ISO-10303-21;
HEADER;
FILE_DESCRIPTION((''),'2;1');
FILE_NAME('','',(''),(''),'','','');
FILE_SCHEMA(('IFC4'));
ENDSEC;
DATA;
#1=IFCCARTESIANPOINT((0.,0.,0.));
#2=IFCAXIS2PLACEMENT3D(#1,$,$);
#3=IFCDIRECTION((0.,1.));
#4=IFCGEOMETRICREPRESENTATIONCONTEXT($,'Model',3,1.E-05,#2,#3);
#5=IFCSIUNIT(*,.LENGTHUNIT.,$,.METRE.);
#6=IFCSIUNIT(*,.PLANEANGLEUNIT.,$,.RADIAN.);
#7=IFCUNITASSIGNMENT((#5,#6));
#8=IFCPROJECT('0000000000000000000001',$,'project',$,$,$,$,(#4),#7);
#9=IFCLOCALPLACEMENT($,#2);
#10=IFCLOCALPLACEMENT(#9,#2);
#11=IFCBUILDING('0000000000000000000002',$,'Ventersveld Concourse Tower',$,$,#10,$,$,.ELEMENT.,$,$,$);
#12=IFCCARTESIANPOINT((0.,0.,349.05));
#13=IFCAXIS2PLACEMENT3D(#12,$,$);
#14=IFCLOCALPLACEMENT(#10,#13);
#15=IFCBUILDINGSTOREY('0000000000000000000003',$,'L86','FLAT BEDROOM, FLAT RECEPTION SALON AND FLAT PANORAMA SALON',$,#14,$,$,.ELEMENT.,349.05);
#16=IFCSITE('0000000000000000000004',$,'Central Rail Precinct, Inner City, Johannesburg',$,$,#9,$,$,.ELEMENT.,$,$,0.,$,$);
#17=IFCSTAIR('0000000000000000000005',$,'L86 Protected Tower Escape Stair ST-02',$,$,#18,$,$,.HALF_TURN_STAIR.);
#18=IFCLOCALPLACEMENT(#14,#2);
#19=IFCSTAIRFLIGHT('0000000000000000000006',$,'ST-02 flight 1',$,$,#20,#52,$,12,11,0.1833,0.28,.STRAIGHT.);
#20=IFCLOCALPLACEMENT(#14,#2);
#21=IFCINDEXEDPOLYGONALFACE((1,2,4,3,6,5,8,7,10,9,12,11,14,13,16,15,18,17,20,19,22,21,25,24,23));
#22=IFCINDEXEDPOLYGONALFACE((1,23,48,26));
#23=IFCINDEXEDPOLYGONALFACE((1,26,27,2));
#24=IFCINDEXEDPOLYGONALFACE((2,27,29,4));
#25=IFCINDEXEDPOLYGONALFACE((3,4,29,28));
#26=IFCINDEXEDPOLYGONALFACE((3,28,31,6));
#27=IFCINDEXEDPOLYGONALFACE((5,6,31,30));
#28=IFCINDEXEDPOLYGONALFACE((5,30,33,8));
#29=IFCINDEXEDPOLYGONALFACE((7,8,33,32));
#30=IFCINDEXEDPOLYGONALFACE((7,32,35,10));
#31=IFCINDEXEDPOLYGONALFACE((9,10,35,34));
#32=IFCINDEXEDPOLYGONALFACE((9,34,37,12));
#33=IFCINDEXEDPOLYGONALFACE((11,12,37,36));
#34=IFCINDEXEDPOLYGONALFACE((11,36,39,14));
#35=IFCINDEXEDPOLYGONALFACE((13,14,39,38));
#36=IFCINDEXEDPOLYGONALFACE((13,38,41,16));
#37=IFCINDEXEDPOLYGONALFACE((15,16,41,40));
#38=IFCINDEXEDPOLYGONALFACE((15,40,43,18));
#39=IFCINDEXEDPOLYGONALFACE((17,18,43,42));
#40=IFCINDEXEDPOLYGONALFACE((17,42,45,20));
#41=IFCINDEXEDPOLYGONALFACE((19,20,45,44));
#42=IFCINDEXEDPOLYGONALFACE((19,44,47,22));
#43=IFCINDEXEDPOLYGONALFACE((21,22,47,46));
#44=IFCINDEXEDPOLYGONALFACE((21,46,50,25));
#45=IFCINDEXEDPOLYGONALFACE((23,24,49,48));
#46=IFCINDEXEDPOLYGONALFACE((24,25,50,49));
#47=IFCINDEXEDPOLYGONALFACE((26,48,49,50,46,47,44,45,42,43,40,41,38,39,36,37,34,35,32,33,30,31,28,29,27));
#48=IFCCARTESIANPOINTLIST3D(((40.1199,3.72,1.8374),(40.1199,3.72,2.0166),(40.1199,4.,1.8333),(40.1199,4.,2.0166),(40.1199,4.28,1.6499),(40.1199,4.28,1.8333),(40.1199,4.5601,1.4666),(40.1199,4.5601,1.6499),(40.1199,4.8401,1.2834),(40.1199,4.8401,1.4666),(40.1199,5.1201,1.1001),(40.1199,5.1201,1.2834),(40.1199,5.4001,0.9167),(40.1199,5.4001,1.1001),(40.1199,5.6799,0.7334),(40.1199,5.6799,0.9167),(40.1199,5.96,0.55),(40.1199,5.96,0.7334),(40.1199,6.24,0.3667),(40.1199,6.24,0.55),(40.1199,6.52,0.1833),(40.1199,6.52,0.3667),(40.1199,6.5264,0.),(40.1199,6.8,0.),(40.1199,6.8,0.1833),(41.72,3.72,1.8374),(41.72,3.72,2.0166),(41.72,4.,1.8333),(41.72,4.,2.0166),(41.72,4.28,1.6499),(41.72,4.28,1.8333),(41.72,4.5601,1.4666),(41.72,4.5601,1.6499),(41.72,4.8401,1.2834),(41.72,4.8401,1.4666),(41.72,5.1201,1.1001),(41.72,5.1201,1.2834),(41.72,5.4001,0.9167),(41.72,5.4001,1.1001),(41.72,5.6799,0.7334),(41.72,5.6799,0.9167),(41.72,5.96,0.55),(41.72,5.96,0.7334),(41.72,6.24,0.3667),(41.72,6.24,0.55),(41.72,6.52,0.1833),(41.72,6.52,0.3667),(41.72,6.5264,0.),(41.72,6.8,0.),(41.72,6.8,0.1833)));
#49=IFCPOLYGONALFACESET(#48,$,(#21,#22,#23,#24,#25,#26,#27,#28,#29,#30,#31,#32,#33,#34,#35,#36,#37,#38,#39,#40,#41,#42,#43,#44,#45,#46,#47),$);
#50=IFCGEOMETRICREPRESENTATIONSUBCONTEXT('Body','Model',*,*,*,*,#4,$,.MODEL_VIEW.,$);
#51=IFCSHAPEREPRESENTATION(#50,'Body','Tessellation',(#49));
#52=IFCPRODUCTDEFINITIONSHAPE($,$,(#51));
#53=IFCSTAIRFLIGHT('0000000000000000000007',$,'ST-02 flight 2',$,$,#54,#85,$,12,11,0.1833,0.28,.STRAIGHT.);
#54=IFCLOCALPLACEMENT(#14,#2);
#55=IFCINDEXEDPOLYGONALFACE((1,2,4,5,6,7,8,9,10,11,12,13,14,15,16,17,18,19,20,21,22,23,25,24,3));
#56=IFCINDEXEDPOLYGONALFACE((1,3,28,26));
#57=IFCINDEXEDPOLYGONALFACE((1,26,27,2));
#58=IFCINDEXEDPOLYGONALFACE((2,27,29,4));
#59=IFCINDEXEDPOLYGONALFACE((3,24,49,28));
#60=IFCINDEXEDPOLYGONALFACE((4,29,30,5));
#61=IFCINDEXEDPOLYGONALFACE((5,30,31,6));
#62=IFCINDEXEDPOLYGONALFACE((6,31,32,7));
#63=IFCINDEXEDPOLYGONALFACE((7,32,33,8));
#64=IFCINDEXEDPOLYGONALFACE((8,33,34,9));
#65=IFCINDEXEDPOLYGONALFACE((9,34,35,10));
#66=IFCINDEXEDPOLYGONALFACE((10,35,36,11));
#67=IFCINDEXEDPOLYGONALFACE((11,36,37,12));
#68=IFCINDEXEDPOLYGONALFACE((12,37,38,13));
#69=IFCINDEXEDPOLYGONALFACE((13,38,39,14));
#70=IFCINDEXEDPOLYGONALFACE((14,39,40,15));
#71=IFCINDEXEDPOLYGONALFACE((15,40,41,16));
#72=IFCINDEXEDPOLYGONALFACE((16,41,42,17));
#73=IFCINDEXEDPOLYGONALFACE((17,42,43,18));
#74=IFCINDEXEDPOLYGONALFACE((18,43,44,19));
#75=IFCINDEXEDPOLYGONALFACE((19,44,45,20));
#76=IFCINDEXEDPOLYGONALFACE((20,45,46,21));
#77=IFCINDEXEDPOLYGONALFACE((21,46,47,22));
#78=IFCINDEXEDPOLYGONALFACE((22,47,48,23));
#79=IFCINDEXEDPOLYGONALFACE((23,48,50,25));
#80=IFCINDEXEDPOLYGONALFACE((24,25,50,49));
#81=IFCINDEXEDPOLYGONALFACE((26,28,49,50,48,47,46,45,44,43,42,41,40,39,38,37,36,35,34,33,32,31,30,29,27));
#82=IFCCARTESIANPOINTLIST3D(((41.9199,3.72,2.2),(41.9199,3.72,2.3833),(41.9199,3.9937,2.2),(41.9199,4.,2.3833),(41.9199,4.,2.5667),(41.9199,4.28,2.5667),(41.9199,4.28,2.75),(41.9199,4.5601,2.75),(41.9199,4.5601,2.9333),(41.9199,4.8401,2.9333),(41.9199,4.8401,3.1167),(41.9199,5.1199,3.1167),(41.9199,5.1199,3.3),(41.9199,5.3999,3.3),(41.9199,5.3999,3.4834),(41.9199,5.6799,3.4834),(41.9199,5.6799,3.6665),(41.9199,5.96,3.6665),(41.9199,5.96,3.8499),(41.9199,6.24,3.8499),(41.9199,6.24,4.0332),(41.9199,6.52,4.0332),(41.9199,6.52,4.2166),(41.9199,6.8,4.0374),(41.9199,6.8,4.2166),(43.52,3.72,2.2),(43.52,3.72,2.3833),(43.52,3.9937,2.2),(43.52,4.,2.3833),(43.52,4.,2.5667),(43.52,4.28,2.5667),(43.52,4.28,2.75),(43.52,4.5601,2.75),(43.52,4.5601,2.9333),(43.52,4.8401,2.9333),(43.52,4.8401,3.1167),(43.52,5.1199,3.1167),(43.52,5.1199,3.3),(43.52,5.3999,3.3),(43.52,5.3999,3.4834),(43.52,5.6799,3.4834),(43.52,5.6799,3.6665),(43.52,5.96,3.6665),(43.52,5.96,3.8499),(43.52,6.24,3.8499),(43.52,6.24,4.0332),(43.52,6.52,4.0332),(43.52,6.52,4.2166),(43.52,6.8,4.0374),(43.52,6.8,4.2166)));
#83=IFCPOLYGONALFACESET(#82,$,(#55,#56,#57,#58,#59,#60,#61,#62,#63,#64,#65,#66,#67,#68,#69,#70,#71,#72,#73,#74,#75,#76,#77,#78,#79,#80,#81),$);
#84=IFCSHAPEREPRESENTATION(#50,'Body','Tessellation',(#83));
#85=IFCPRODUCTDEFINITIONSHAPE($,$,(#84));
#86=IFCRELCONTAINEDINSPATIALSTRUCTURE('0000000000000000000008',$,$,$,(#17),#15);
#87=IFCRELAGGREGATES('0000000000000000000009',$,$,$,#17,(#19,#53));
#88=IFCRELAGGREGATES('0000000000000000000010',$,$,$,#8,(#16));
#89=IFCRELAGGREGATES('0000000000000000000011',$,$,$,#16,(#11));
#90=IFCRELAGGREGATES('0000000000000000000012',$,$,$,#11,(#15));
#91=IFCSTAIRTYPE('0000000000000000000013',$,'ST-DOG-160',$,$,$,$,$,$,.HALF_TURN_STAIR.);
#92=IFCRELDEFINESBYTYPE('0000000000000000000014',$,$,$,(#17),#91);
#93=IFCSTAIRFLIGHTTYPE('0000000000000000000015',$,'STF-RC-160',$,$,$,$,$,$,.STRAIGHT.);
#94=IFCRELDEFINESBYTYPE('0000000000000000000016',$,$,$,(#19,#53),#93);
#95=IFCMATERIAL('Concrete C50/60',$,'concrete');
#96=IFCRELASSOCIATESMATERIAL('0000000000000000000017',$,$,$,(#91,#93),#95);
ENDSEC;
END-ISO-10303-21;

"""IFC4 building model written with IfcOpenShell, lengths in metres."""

from ifc_helpers import new_model, si_unit, direction, frame, origin, place, context, subcontext, project, spatial, polyline, outline, extrude, material, type_object, element, aggregate, save


model = new_model("IFC4")

# Units and contexts
model_context = context("Model", 3, precision=1e-05, world=origin(), true_north=direction((0.0, 1.0)))
body_context = subcontext(model_context, "Body", "Model", "MODEL_VIEW")
ifc_project = project(units=[si_unit("LENGTHUNIT", "METRE"), si_unit("PLANEANGLEUNIT", "RADIAN")], contexts=[model_context])

# Site, building, storey
site_placement = place(None, origin())
site = spatial("IfcSite", under=ifc_project, at=site_placement, Name="Central Rail Precinct, Inner City, Johannesburg", CompositionType="ELEMENT", RefElevation=0.0)
building_placement = place(site_placement, origin())
building = spatial("IfcBuilding", under=site, at=building_placement, Name="Ventersveld Concourse Tower", CompositionType="ELEMENT")
storey_placement = place(building_placement, frame((0.0, 0.0, 349.05)))
storey = spatial("IfcBuildingStorey", under=building, at=storey_placement, Name="L86", Description="FLAT BEDROOM, FLAT RECEPTION SALON AND FLAT PANORAMA SALON", CompositionType="ELEMENT", Elevation=349.05)

# Shared definitions
ifc_material_1 = material(Name="Concrete C50/60", Category="concrete")

# Stair, stair flights
stair_type = type_object("IfcStairType", Name="ST-DOG-160", PredefinedType="HALF_TURN_STAIR", material=ifc_material_1)
stair_placement = place(storey_placement, origin())
stair = element("IfcStair", 1, at=stair_placement, inside=storey, type_object=stair_type, Name="L86 Protected Tower Escape Stair ST-02", PredefinedType="HALF_TURN_STAIR")
stair_flight_type = type_object("IfcStairFlightType", Name="STF-RC-160", PredefinedType="STRAIGHT", material=ifc_material_1)
stair_flight_1_placement = place(storey_placement, frame((40.9199, 6.8, 0.0), z_axis=(0.0, 0.0, 1.0), x_axis=(0.0, -1.0, 0.0)))
stair_flight_1 = element("IfcStairFlight", 2, at=stair_flight_1_placement, type_object=stair_flight_type, Name="ST-02 flight 1", NumberOfRisers=12, NumberOfTreads=11, PredefinedType="STRAIGHT", RiserHeight=0.1833, TreadLength=0.28, context=body_context, shape_type="SweptSolid", body=[
    extrude(outline(polyline([(0.0, 0.0), (0.0, 0.1833), (0.28, 0.1833), (0.28, 0.3667), (0.5601, 0.3667), (0.5601, 0.55), (0.8401, 0.55), (0.8401, 0.7334), (1.1201, 0.7334), (1.1201, 0.9167), (1.3999, 0.9167), (1.3999, 1.1001), (1.6799, 1.1001), (1.6799, 1.2834), (1.96, 1.2834), (1.96, 1.4666), (2.24, 1.4666), (2.24, 1.6499), (2.52, 1.6499), (2.52, 1.8333), (2.8, 1.8333), (2.8, 2.0166), (3.0801, 2.0166), (3.0801, 2.2), (3.0801, 1.8374), (0.2737, 0.0), (0.0, 0.0)])), frame((0.0, 0.8, 0.0), z_axis=(0.0, -1.0, 0.0), x_axis=(1.0, 0.0, 0.0)), (0.0, 0.0, 1.0), 1.6001),
])
stair_flight_2_placement = place(storey_placement, frame((42.72, 3.72, 2.2), z_axis=(0.0, 0.0, 1.0), x_axis=(0.0, 1.0, 0.0)))
stair_flight_2 = element("IfcStairFlight", 3, at=stair_flight_2_placement, type_object=stair_flight_type, Name="ST-02 flight 2", NumberOfRisers=12, NumberOfTreads=11, PredefinedType="STRAIGHT", RiserHeight=0.1833, TreadLength=0.28, context=body_context, shape_type="SweptSolid", body=[
    extrude(outline(polyline([(0.0, 0.0), (0.0, 0.1833), (0.28, 0.1833), (0.28, 0.3667), (0.5601, 0.3667), (0.5601, 0.55), (0.8401, 0.55), (0.8401, 0.7334), (1.1201, 0.7334), (1.1201, 0.9167), (1.3999, 0.9167), (1.3999, 1.1001), (1.6799, 1.1001), (1.6799, 1.2834), (1.96, 1.2834), (1.96, 1.4666), (2.24, 1.4666), (2.24, 1.6499), (2.52, 1.6499), (2.52, 1.8333), (2.8, 1.8333), (2.8, 2.0166), (3.0801, 2.0166), (3.0801, 2.2), (3.0801, 1.8374), (0.2737, 0.0), (0.0, 0.0)])), frame((0.0, 0.8, 0.0), z_axis=(0.0, -1.0, 0.0), x_axis=(1.0, 0.0, 0.0)), (0.0, 0.0, 1.0), 1.6001),
])
aggregate(stair, [stair_flight_1, stair_flight_2])

save(model, "model.ifc")
